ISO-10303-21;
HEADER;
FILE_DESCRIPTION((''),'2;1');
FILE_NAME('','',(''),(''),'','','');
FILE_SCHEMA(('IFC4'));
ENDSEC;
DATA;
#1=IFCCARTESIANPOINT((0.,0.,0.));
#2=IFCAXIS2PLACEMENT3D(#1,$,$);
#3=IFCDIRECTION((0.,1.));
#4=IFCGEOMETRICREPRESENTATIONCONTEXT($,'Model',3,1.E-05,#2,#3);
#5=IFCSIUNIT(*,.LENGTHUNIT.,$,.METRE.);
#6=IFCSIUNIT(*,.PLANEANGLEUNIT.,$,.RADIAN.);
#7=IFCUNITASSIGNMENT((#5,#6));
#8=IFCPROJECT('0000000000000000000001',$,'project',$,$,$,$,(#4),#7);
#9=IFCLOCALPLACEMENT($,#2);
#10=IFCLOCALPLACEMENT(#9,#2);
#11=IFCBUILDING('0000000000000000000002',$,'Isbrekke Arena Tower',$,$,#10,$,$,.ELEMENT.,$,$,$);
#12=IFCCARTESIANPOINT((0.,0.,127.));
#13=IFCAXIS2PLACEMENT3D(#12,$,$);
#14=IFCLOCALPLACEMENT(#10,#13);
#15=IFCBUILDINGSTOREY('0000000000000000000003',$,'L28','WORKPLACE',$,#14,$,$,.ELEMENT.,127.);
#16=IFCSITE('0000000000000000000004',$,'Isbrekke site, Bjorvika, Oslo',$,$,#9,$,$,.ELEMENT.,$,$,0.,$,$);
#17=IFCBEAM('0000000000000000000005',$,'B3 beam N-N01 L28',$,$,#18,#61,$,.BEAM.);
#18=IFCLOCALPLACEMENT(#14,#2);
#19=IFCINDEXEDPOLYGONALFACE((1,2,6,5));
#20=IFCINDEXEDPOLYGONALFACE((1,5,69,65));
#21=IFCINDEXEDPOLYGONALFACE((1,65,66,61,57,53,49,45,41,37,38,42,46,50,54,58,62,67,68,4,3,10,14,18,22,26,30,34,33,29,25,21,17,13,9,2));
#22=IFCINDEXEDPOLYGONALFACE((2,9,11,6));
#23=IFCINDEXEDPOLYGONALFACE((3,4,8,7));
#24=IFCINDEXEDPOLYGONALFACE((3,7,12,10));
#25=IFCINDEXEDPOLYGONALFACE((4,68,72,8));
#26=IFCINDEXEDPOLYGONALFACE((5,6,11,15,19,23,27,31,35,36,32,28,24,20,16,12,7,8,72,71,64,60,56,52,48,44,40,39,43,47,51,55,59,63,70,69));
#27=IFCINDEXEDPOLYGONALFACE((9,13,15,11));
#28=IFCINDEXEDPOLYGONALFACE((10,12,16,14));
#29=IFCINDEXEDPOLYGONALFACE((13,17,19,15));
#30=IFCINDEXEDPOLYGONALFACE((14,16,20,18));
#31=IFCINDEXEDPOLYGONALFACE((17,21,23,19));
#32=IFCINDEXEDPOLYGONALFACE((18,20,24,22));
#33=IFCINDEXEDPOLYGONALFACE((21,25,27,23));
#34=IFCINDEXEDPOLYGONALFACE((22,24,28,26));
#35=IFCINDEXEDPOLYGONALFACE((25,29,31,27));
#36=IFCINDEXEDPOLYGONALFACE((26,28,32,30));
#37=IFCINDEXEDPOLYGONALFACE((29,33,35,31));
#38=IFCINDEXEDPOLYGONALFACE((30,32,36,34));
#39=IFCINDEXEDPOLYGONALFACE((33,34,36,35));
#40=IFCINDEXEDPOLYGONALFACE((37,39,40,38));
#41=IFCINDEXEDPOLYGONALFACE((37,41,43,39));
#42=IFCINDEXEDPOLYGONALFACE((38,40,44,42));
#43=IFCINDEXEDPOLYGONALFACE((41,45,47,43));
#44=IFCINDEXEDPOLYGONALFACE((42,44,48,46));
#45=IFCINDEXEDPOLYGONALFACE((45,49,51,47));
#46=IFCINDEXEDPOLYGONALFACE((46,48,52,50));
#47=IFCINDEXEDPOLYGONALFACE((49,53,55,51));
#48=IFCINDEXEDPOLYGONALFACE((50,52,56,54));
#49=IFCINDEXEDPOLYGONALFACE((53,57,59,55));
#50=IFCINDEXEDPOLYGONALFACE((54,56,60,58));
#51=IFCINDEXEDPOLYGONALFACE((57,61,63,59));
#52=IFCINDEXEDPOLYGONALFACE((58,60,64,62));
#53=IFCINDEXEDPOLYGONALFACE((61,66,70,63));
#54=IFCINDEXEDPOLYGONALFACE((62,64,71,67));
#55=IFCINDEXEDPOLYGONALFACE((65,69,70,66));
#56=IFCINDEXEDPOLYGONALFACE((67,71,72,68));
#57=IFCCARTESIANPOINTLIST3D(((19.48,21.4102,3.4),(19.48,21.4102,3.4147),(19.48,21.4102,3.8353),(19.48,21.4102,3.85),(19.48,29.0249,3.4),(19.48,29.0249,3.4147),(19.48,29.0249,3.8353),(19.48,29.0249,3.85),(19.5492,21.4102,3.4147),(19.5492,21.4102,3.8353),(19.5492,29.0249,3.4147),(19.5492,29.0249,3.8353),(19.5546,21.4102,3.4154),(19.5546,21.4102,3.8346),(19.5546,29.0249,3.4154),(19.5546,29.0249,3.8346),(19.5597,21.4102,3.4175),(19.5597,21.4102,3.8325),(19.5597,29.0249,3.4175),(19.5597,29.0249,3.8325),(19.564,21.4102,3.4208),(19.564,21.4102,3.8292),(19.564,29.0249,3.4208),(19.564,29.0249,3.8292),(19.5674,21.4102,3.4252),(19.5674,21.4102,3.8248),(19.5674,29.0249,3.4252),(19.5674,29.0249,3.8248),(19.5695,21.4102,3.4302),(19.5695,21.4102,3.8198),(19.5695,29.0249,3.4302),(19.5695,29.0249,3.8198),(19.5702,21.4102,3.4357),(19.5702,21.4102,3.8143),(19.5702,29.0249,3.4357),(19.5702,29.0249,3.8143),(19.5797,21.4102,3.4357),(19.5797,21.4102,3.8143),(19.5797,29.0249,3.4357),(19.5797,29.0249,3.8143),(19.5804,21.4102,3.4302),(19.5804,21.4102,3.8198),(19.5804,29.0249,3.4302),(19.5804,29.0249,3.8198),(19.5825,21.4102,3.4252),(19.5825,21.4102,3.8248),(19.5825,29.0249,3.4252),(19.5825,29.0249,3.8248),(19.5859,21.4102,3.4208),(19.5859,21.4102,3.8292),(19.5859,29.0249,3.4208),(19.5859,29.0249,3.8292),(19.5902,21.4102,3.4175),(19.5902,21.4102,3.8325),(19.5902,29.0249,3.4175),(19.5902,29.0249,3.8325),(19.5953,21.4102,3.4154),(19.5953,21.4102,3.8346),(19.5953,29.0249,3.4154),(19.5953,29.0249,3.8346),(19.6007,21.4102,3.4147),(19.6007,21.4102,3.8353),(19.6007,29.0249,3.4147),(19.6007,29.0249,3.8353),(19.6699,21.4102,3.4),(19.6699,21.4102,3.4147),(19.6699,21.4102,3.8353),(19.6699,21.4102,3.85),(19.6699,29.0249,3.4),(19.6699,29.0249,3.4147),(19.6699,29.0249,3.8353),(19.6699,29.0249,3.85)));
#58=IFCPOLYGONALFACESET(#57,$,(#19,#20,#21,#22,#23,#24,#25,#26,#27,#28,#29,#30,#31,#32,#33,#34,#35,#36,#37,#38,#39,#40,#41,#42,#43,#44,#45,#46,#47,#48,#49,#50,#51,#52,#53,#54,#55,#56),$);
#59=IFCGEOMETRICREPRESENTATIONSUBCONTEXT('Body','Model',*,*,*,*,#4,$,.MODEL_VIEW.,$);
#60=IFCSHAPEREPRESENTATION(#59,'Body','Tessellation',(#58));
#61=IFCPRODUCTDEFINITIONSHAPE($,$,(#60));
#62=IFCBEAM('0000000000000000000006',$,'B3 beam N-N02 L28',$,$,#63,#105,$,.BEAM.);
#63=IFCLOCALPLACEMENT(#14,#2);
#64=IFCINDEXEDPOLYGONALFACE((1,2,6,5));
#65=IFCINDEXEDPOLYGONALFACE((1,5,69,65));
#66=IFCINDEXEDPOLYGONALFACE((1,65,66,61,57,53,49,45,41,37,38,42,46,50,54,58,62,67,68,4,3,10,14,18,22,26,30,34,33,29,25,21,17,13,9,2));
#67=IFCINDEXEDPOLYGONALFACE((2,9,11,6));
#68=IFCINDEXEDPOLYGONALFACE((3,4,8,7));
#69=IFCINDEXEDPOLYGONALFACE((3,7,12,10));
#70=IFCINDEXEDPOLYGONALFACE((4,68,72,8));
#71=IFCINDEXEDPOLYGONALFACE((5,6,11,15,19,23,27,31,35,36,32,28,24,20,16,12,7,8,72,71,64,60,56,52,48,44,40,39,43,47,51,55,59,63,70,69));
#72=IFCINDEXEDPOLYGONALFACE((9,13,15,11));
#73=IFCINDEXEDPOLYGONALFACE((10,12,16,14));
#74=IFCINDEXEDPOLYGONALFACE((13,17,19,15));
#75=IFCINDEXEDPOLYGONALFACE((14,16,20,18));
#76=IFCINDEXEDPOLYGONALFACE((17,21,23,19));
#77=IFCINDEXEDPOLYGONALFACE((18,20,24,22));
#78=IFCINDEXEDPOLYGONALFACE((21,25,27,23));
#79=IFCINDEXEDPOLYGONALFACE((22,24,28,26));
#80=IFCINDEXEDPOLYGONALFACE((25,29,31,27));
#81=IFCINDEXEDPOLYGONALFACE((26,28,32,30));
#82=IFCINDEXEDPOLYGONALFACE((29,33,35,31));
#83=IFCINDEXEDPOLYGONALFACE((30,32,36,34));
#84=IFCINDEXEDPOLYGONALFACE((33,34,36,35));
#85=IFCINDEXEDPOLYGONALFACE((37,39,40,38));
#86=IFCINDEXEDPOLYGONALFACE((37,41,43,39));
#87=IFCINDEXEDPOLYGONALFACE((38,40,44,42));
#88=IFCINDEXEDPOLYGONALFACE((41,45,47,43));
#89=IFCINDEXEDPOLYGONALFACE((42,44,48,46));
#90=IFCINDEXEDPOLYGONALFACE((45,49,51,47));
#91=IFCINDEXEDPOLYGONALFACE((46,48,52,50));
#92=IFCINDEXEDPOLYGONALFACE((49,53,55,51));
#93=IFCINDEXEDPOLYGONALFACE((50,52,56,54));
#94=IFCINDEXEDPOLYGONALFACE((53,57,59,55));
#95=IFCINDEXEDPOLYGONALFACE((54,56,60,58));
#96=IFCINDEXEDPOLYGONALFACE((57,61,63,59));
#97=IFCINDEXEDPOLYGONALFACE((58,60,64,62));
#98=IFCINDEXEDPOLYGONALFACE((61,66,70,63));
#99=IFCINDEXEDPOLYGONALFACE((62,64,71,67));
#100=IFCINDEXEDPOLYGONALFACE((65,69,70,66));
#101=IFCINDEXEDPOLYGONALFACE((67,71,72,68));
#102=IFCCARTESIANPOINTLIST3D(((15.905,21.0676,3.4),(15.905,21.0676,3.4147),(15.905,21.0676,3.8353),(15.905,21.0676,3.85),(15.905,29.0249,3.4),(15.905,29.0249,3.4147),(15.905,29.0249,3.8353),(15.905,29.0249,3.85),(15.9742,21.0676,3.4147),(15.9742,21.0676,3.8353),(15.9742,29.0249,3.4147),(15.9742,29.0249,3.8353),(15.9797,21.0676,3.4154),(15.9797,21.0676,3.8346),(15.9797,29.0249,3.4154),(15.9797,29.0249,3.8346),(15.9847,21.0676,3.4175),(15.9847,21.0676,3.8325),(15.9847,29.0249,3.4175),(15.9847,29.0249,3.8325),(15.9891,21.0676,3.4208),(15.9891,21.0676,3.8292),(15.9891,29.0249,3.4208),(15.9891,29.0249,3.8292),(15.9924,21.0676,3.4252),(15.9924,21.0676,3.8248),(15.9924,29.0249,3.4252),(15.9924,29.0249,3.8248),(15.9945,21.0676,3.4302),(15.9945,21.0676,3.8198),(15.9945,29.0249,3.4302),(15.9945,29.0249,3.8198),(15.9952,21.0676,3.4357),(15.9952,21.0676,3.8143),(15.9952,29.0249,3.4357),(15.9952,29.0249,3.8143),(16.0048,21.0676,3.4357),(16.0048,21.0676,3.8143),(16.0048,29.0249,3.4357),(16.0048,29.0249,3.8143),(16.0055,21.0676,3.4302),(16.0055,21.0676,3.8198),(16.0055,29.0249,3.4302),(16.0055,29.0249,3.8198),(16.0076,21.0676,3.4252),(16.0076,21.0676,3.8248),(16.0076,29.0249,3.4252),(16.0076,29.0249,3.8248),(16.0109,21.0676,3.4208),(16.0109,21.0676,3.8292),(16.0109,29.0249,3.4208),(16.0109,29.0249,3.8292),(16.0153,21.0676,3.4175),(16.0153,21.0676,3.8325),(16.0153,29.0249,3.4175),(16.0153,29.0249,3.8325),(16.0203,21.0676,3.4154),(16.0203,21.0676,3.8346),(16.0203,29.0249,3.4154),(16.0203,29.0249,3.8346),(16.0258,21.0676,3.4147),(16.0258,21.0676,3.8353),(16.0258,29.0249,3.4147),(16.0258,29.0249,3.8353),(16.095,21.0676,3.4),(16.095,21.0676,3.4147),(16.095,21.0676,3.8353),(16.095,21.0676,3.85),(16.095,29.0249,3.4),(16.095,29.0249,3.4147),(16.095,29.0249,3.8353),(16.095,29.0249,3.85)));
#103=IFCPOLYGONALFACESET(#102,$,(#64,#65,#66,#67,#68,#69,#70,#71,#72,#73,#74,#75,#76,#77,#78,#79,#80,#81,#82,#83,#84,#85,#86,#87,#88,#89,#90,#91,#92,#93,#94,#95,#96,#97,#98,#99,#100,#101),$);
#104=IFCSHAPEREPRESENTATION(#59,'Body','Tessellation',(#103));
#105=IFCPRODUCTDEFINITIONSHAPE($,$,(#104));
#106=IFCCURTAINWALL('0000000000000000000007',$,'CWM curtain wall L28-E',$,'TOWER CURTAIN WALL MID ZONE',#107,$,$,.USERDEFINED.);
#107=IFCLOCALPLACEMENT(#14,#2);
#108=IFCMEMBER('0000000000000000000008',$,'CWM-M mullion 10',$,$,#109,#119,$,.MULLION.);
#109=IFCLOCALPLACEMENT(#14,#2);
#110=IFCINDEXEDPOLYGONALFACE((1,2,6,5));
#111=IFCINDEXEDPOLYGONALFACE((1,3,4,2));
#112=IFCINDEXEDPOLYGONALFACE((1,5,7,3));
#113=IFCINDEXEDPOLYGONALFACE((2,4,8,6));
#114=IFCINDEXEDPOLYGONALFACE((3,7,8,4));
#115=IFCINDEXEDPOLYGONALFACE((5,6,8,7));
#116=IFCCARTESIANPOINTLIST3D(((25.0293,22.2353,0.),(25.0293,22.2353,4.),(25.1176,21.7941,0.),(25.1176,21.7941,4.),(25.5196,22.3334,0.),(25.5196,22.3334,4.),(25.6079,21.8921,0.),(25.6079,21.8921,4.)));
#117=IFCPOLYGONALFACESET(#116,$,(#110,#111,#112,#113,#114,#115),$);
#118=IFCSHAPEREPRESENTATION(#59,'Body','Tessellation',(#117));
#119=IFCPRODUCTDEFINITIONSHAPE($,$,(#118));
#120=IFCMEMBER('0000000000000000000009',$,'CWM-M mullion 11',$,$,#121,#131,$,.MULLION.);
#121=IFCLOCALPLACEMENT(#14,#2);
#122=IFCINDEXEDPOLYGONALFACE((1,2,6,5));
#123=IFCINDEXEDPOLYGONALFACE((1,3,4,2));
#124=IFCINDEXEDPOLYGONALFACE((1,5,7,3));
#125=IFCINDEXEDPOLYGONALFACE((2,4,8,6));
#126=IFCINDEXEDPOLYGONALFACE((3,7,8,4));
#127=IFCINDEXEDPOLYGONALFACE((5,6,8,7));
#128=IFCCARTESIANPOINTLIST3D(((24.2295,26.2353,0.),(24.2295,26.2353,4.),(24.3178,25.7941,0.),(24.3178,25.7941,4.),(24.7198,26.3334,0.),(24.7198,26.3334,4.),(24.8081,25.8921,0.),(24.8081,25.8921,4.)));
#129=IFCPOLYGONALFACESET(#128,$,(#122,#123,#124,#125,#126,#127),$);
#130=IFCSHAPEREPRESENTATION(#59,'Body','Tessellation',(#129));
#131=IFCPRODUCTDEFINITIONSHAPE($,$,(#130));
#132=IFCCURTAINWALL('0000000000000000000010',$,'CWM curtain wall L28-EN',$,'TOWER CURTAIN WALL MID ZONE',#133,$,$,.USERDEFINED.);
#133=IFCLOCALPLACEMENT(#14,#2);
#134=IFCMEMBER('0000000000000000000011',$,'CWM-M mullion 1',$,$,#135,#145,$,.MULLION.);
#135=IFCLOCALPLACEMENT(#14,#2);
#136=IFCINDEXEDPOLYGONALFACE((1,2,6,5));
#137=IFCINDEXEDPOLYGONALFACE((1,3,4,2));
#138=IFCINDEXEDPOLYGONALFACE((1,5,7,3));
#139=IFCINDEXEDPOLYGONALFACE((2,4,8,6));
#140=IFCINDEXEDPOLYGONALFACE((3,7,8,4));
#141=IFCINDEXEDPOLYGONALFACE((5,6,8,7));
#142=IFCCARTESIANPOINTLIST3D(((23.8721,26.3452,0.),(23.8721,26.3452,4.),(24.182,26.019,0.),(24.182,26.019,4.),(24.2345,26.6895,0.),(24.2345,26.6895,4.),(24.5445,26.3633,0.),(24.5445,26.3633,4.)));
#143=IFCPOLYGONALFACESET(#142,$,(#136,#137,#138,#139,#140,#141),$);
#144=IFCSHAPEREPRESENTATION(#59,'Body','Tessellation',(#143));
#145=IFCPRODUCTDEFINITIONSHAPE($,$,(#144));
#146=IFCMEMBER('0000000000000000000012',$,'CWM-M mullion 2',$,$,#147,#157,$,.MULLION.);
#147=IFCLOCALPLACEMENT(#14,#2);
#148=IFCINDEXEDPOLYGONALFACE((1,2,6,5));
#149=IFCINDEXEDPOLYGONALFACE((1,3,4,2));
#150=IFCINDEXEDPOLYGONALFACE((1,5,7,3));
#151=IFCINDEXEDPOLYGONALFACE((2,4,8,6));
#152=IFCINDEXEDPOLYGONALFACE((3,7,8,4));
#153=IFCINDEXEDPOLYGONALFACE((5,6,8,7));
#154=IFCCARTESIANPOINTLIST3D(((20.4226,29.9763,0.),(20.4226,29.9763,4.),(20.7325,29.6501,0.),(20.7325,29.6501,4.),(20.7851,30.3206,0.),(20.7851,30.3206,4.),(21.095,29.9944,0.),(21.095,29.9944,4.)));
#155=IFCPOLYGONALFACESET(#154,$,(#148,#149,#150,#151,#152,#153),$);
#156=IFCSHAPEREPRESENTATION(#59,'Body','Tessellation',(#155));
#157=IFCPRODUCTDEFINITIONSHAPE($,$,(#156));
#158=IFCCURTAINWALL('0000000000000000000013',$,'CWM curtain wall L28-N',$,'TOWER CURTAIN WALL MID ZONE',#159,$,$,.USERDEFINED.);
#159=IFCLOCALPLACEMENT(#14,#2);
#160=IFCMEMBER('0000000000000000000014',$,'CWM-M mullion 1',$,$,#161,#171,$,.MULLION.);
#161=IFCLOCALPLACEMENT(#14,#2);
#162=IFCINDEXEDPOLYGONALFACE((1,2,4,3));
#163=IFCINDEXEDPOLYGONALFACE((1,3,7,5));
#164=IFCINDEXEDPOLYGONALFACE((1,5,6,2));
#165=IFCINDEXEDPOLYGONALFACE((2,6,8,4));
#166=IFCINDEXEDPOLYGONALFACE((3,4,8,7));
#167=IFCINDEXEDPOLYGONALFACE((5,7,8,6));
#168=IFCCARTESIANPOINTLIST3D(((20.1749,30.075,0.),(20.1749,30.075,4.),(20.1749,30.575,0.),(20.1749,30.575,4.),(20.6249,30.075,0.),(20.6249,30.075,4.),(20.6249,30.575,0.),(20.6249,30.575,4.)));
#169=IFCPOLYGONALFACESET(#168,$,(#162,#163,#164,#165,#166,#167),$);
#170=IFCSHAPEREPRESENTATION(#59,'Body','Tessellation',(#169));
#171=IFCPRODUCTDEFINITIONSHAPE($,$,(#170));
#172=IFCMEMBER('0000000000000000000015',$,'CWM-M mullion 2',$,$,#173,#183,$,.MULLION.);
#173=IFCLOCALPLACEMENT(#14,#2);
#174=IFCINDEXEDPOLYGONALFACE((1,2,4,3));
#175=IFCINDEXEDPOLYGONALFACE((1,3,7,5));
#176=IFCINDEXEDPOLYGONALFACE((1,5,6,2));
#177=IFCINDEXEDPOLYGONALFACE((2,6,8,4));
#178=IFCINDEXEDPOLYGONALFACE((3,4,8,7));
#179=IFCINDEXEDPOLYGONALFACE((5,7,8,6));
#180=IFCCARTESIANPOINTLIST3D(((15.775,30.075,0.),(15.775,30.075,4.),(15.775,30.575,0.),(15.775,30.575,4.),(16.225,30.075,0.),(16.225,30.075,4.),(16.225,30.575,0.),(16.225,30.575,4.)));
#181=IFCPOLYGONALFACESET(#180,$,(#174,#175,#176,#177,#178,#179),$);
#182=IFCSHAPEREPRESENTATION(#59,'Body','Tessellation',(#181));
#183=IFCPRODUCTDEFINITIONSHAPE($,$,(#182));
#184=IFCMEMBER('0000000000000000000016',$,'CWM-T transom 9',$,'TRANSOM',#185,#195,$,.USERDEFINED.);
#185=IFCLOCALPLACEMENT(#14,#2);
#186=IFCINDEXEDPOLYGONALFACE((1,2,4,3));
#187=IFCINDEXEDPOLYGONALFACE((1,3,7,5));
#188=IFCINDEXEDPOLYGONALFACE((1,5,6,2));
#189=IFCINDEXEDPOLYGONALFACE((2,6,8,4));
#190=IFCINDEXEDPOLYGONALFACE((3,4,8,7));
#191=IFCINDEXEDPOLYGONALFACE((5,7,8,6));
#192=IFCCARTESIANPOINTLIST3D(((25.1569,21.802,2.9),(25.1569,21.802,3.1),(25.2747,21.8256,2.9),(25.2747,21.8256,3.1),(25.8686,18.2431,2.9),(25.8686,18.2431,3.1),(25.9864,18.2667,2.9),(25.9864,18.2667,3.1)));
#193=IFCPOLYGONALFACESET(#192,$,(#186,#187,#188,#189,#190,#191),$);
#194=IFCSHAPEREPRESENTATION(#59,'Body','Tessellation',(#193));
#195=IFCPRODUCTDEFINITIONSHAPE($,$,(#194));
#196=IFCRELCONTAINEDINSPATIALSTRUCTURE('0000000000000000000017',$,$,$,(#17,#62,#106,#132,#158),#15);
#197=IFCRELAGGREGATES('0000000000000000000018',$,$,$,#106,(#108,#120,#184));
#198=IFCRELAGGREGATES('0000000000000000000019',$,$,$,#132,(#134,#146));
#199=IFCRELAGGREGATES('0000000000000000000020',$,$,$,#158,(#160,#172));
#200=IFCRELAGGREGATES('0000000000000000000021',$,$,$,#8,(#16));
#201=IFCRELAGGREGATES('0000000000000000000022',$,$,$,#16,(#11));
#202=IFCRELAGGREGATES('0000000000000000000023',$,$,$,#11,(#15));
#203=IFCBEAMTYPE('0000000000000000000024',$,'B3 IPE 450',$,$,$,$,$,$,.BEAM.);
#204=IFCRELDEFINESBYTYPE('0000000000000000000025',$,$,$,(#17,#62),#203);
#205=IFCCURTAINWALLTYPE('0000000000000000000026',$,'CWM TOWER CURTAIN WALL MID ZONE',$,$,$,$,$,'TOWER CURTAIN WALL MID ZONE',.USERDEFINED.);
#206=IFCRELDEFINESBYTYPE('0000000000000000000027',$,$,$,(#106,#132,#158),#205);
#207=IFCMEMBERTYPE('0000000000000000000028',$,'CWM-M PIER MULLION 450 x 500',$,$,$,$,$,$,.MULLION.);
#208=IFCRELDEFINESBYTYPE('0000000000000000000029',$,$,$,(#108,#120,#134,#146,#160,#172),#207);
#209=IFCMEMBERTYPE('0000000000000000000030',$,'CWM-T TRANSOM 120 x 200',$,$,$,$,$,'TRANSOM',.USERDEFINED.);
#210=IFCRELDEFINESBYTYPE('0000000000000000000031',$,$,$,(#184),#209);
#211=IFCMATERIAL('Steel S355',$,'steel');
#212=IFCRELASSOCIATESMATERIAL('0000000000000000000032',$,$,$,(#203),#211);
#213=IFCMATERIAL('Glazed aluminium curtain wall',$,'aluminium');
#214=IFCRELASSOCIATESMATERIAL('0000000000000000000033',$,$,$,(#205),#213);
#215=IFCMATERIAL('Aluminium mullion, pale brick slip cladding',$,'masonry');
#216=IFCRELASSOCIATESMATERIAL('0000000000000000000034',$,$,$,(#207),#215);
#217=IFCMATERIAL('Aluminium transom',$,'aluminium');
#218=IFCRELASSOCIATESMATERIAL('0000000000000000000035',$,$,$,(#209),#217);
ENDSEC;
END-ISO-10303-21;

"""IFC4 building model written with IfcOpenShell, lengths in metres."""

from ifc_helpers import new_model, si_unit, direction, frame, origin, origin_2d, place, context, subcontext, project, spatial, rectangle, i_section, extrude, material, material_profile, profile_set, type_object, element, aggregate, save


model = new_model("IFC4")

# Units and contexts
model_context = context("Model", 3, precision=1e-05, world=origin(), true_north=direction((0.0, 1.0)))
body_context = subcontext(model_context, "Body", "Model", "MODEL_VIEW")
ifc_project = project(units=[si_unit("LENGTHUNIT", "METRE"), si_unit("PLANEANGLEUNIT", "RADIAN")], contexts=[model_context])

# Site, building, storey
site_placement = place(None, origin())
site = spatial("IfcSite", under=ifc_project, at=site_placement, Name="Isbrekke site, Bjorvika, Oslo", CompositionType="ELEMENT", RefElevation=0.0)
building_placement = place(site_placement, origin())
building = spatial("IfcBuilding", under=site, at=building_placement, Name="Isbrekke Arena Tower", CompositionType="ELEMENT")
storey_placement = place(building_placement, frame((0.0, 0.0, 127.0)))
storey = spatial("IfcBuildingStorey", under=building, at=storey_placement, Name="L28", Description="WORKPLACE", CompositionType="ELEMENT", Elevation=127.0)

# Beams
ifc_material_1 = material(Name="Steel S355", Category="steel")
ifc_material_profile_1 = material_profile(ifc_material_1, i_section(OverallWidth=0.1899, OverallDepth=0.45, WebThickness=0.0095, FlangeThickness=0.0146, FilletRadius=0.021, at=origin_2d()), Name="IPE 450")
ifc_profile_set_1 = profile_set([ifc_material_profile_1], Name="Steel S355")
beam_type_1 = type_object("IfcBeamType", Name="B3 IPE 450", PredefinedType="BEAM", material=ifc_profile_set_1)
beam_1_placement = place(storey_placement, frame((19.575, 29.0249, 3.625), z_axis=(0.0, -1.0, 0.0), x_axis=(1.0, 0.0, 0.0)))
element("IfcBeam", 1, at=beam_1_placement, inside=storey, type_object=beam_type_1, Name="B3 beam N-N01 L28", PredefinedType="BEAM", context=body_context, shape_type="SweptSolid", body=[
    extrude(i_section(OverallWidth=0.1899, OverallDepth=0.45, WebThickness=0.0095, FlangeThickness=0.0146, FilletRadius=0.021, at=origin_2d()), origin(), (0.0, 0.0, 1.0), 7.6147),
])
beam_2_placement = place(storey_placement, frame((16.0, 29.0249, 3.625), z_axis=(0.0, -1.0, 0.0), x_axis=(1.0, 0.0, 0.0)))
element("IfcBeam", 2, at=beam_2_placement, inside=storey, type_object=beam_type_1, Name="B3 beam N-N02 L28", PredefinedType="BEAM", context=body_context, shape_type="SweptSolid", body=[
    extrude(i_section(OverallWidth=0.1899, OverallDepth=0.45, WebThickness=0.0095, FlangeThickness=0.0146, FilletRadius=0.021, at=origin_2d()), origin(), (0.0, 0.0, 1.0), 7.9573),
])

# Curtain walls, members
ifc_material_2 = material(Name="Glazed aluminium curtain wall", Category="aluminium")
curtain_wall_type = type_object("IfcCurtainWallType", Name="CWM TOWER CURTAIN WALL MID ZONE", ElementType="TOWER CURTAIN WALL MID ZONE", PredefinedType="USERDEFINED", material=ifc_material_2)
curtain_wall_1_placement = place(storey_placement, origin())
curtain_wall_1 = element("IfcCurtainWall", 3, at=curtain_wall_1_placement, inside=storey, type_object=curtain_wall_type, Name="CWM curtain wall L28-E", ObjectType="TOWER CURTAIN WALL MID ZONE", PredefinedType="USERDEFINED")
ifc_material_3 = material(Name="Aluminium mullion, pale brick slip cladding", Category="masonry")
ifc_material_profile_2 = material_profile(ifc_material_3, rectangle(XDim=0.45, YDim=0.5, at=origin_2d()), Name="PIER 450X500")
ifc_profile_set_2 = profile_set([ifc_material_profile_2], Name="Aluminium mullion, pale brick slip cladding")
member_type_1 = type_object("IfcMemberType", Name="CWM-M PIER MULLION 450 x 500", PredefinedType="MULLION", material=ifc_profile_set_2)
member_1_placement = place(storey_placement, frame((25.3186, 22.0637, 0.0), z_axis=(0.0, 0.0, 1.0), x_axis=(-0.196116, 0.980581, 0.0)))
member_1 = element("IfcMember", 4, at=member_1_placement, type_object=member_type_1, Name="CWM-M mullion 10", PredefinedType="MULLION", context=body_context, shape_type="SweptSolid", body=[
    extrude(rectangle(XDim=0.45, YDim=0.5, at=origin_2d()), origin(), (0.0, 0.0, 1.0), 4.0),
])
member_2_placement = place(storey_placement, frame((24.5188, 26.0637, 0.0), z_axis=(0.0, 0.0, 1.0), x_axis=(-0.196116, 0.980581, 0.0)))
member_2 = element("IfcMember", 5, at=member_2_placement, type_object=member_type_1, Name="CWM-M mullion 11", PredefinedType="MULLION", context=body_context, shape_type="SweptSolid", body=[
    extrude(rectangle(XDim=0.45, YDim=0.5, at=origin_2d()), origin(), (0.0, 0.0, 1.0), 4.0),
])
curtain_wall_2_placement = place(storey_placement, origin())
curtain_wall_2 = element("IfcCurtainWall", 6, at=curtain_wall_2_placement, inside=storey, type_object=curtain_wall_type, Name="CWM curtain wall L28-EN", ObjectType="TOWER CURTAIN WALL MID ZONE", PredefinedType="USERDEFINED")
member_3_placement = place(storey_placement, frame((24.2083, 26.3542, 0.0), z_axis=(0.0, 0.0, 1.0), x_axis=(-0.688749, 0.724999, 0.0)))
member_3 = element("IfcMember", 7, at=member_3_placement, type_object=member_type_1, Name="CWM-M mullion 1", PredefinedType="MULLION", context=body_context, shape_type="SweptSolid", body=[
    extrude(rectangle(XDim=0.45, YDim=0.5, at=origin_2d()), origin(), (0.0, 0.0, 1.0), 4.0),
])
member_4_placement = place(storey_placement, frame((20.7588, 29.9854, 0.0), z_axis=(0.0, 0.0, 1.0), x_axis=(-0.688749, 0.724999, 0.0)))
member_4 = element("IfcMember", 8, at=member_4_placement, type_object=member_type_1, Name="CWM-M mullion 2", PredefinedType="MULLION", context=body_context, shape_type="SweptSolid", body=[
    extrude(rectangle(XDim=0.45, YDim=0.5, at=origin_2d()), origin(), (0.0, 0.0, 1.0), 4.0),
])
curtain_wall_3_placement = place(storey_placement, origin())
curtain_wall_3 = element("IfcCurtainWall", 9, at=curtain_wall_3_placement, inside=storey, type_object=curtain_wall_type, Name="CWM curtain wall L28-N", ObjectType="TOWER CURTAIN WALL MID ZONE", PredefinedType="USERDEFINED")
member_5_placement = place(storey_placement, frame((20.3999, 30.325, 0.0), z_axis=(0.0, 0.0, 1.0), x_axis=(-1.0, 0.0, 0.0)))
member_5 = element("IfcMember", 10, at=member_5_placement, type_object=member_type_1, Name="CWM-M mullion 1", PredefinedType="MULLION", context=body_context, shape_type="SweptSolid", body=[
    extrude(rectangle(XDim=0.45, YDim=0.5, at=origin_2d()), origin(), (0.0, 0.0, 1.0), 4.0),
])
member_6_placement = place(storey_placement, frame((16.0, 30.325, 0.0), z_axis=(0.0, 0.0, 1.0), x_axis=(-1.0, 0.0, 0.0)))
member_6 = element("IfcMember", 11, at=member_6_placement, type_object=member_type_1, Name="CWM-M mullion 2", PredefinedType="MULLION", context=body_context, shape_type="SweptSolid", body=[
    extrude(rectangle(XDim=0.45, YDim=0.5, at=origin_2d()), origin(), (0.0, 0.0, 1.0), 4.0),
])

# Member
ifc_material_4 = material(Name="Aluminium transom", Category="aluminium")
ifc_material_profile_3 = material_profile(ifc_material_4, rectangle(XDim=0.1201, YDim=0.2, at=origin_2d()), Name="TRANSOM 120X200")
ifc_profile_set_3 = profile_set([ifc_material_profile_3], Name="Aluminium transom")
member_type_2 = type_object("IfcMemberType", Name="CWM-T TRANSOM 120 x 200", ElementType="TRANSOM", PredefinedType="USERDEFINED", material=ifc_profile_set_3)
member_7_placement = place(storey_placement, frame((25.9275, 18.2549, 3.0), z_axis=(-0.19609, 0.980586, 0.0), x_axis=(-0.980586, -0.19609, 0.0)))
member_7 = element("IfcMember", 12, at=member_7_placement, type_object=member_type_2, Name="CWM-T transom 9", ObjectType="TRANSOM", PredefinedType="USERDEFINED", context=body_context, shape_type="SweptSolid", body=[
    extrude(rectangle(XDim=0.1201, YDim=0.2, at=origin_2d()), origin(), (0.0, 0.0, 1.0), 3.6294),
])

aggregate(curtain_wall_1, [member_1, member_2, member_7])
aggregate(curtain_wall_2, [member_3, member_4])
aggregate(curtain_wall_3, [member_5, member_6])

save(model, "model.ifc")
